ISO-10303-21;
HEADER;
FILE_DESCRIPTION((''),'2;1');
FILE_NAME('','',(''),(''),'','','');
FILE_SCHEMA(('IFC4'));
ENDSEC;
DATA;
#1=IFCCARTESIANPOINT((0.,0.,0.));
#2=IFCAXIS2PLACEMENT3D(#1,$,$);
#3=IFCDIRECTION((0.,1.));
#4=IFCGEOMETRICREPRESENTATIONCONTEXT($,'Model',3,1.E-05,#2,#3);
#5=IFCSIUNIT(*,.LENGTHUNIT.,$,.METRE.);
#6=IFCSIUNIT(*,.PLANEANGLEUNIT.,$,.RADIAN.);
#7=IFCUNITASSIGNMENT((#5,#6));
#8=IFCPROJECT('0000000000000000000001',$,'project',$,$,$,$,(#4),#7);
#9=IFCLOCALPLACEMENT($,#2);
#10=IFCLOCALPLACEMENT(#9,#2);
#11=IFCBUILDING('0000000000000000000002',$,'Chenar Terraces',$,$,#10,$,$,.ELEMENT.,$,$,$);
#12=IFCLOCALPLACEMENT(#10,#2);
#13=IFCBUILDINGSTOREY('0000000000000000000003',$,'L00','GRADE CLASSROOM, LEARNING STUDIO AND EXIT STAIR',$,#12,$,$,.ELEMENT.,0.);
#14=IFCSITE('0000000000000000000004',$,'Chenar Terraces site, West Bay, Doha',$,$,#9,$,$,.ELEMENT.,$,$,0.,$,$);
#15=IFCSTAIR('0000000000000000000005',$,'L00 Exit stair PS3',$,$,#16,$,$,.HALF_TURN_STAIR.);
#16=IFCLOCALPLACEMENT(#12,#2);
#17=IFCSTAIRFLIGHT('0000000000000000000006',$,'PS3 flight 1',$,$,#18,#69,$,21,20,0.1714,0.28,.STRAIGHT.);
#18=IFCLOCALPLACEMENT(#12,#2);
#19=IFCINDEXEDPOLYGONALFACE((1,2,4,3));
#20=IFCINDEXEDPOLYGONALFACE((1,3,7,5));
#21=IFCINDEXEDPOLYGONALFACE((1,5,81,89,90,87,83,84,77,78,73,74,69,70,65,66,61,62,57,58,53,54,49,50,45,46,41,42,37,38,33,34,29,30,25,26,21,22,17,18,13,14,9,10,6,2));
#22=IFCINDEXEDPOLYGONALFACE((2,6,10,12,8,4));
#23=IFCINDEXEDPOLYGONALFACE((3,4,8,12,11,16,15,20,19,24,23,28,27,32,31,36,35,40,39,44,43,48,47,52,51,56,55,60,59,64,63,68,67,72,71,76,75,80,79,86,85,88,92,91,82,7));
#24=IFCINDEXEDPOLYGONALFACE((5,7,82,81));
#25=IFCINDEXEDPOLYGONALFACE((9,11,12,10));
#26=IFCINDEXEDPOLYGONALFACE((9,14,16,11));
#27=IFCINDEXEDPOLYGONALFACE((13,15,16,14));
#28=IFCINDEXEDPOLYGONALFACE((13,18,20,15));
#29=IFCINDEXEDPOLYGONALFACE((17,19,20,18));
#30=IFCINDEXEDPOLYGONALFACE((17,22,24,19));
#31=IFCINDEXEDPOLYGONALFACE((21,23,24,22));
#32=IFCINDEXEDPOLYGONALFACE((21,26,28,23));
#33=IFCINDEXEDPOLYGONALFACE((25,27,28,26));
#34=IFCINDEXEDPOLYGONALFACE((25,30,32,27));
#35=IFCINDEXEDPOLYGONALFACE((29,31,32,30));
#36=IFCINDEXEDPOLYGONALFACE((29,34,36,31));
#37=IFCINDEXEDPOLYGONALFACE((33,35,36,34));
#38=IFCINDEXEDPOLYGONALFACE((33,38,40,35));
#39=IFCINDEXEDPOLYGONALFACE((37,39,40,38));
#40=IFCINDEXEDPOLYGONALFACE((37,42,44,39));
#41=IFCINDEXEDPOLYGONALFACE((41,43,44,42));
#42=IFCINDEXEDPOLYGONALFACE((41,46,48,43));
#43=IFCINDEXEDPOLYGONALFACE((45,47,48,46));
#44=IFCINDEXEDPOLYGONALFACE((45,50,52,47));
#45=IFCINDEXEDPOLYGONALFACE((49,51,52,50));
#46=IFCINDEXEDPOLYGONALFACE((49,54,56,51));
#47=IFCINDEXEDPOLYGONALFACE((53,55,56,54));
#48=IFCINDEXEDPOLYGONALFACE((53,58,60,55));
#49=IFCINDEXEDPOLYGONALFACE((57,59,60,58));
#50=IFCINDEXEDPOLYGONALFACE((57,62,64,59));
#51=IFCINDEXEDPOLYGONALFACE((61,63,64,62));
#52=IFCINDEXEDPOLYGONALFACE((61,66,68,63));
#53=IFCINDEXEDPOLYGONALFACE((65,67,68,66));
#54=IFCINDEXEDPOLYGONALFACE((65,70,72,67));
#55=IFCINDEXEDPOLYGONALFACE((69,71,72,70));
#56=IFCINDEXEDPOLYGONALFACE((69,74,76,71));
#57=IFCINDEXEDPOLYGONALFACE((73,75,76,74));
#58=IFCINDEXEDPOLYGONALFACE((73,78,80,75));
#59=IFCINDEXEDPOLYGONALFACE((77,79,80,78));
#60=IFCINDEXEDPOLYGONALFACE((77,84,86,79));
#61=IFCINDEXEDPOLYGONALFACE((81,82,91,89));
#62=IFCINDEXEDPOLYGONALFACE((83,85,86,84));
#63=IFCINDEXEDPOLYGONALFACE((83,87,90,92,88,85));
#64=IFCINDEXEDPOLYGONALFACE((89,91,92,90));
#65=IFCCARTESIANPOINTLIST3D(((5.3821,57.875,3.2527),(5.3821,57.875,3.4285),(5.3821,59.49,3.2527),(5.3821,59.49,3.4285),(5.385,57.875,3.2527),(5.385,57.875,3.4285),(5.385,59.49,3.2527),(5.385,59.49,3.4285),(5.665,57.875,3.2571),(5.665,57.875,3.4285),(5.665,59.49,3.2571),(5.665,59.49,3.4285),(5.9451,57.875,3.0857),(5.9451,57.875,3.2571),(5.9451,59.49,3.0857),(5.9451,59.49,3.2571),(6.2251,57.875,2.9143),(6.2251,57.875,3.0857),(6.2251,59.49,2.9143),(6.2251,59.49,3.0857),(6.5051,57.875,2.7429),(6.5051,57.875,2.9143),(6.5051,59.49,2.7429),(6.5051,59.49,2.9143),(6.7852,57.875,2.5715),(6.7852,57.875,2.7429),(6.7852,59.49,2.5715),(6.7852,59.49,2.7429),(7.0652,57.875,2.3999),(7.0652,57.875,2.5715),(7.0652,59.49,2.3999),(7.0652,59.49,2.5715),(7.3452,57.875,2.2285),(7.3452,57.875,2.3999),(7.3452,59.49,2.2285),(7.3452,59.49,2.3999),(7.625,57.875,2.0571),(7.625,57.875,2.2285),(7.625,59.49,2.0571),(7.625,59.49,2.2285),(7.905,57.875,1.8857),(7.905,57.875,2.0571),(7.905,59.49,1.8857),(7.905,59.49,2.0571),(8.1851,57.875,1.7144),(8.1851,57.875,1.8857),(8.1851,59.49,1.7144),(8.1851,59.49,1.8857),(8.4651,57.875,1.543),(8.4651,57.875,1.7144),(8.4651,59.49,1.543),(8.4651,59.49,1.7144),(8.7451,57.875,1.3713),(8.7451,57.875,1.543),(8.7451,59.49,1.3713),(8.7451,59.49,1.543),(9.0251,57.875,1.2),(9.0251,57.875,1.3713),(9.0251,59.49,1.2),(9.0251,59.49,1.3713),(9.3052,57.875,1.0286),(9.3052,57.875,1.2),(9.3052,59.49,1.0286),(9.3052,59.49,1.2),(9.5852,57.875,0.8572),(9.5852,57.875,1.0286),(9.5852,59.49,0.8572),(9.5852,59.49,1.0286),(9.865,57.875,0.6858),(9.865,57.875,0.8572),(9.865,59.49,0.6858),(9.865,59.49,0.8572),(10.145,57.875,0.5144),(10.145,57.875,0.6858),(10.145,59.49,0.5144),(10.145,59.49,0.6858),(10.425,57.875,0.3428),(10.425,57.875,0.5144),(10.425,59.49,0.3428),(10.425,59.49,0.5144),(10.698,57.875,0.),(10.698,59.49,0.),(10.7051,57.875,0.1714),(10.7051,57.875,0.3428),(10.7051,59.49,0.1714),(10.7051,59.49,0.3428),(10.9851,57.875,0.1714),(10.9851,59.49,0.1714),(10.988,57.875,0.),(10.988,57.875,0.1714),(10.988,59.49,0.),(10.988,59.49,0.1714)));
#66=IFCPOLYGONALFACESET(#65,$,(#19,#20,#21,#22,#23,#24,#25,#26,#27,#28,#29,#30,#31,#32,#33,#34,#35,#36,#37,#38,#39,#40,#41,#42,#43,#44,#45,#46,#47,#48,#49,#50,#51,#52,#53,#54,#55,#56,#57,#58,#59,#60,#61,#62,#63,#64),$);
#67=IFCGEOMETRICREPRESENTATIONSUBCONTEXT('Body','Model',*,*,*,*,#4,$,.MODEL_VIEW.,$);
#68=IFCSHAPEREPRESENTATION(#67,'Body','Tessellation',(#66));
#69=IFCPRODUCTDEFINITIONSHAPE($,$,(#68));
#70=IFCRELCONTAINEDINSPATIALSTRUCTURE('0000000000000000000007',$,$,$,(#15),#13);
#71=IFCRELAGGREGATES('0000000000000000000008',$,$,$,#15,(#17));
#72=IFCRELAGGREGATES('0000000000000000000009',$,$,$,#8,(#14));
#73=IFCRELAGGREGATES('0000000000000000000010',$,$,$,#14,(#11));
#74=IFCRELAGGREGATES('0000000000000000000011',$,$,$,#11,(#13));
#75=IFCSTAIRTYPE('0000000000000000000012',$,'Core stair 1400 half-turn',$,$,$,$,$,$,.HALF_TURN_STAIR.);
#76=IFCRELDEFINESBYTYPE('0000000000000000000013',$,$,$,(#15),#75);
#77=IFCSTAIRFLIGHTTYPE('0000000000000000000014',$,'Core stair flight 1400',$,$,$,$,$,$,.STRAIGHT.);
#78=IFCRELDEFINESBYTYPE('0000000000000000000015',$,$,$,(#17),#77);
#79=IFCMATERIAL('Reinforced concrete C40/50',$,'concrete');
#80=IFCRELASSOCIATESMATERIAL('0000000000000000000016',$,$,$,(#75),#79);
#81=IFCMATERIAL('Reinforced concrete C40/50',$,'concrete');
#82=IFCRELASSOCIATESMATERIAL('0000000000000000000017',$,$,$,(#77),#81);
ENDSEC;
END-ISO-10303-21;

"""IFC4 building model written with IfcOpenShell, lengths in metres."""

from ifc_helpers import new_model, si_unit, direction, frame, origin, place, context, subcontext, project, spatial, polyline, outline, extrude, material, type_object, element, aggregate, save


model = new_model("IFC4")

# Units and contexts
model_context = context("Model", 3, precision=1e-05, world=origin(), true_north=direction((0.0, 1.0)))
body_context = subcontext(model_context, "Body", "Model", "MODEL_VIEW")
ifc_project = project(units=[si_unit("LENGTHUNIT", "METRE"), si_unit("PLANEANGLEUNIT", "RADIAN")], contexts=[model_context])

# Site, building, storey
site_placement = place(None, origin())
site = spatial("IfcSite", under=ifc_project, at=site_placement, Name="Chenar Terraces site, West Bay, Doha", CompositionType="ELEMENT", RefElevation=0.0)
building_placement = place(site_placement, origin())
building = spatial("IfcBuilding", under=site, at=building_placement, Name="Chenar Terraces", CompositionType="ELEMENT")
storey_placement = place(building_placement, origin())
storey = spatial("IfcBuildingStorey", under=building, at=storey_placement, Name="L00", Description="GRADE CLASSROOM, LEARNING STUDIO AND EXIT STAIR", CompositionType="ELEMENT", Elevation=0.0)

# Shared definitions
placement = place(storey_placement, origin())

# Stair, stair flight
ifc_material_1 = material(Name="Reinforced concrete C40/50", Category="concrete")
stair_type = type_object("IfcStairType", Name="Core stair 1400 half-turn", PredefinedType="HALF_TURN_STAIR", material=ifc_material_1)
stair = element("IfcStair", 1, at=placement, inside=storey, type_object=stair_type, Name="L00 Exit stair PS3", PredefinedType="HALF_TURN_STAIR")
ifc_material_2 = material(Name="Reinforced concrete C40/50", Category="concrete")
stair_flight_type = type_object("IfcStairFlightType", Name="Core stair flight 1400", PredefinedType="STRAIGHT", material=ifc_material_2)
stair_flight_placement = place(storey_placement, frame((10.9851, 58.6826, 0.0), z_axis=(0.0, 0.0, 1.0), x_axis=(-1.0, 0.0, 0.0)))
stair_flight = element("IfcStairFlight", 2, at=stair_flight_placement, type_object=stair_flight_type, Name="PS3 flight 1", NumberOfRisers=21, NumberOfTreads=20, PredefinedType="STRAIGHT", RiserHeight=0.1714, TreadLength=0.28, context=body_context, shape_type="SweptSolid", body=[
    extrude(outline(polyline([(-0.0029, 0.0), (-0.0029, 0.1714), (0.0, 0.1714), (0.28, 0.1714), (0.28, 0.3428), (0.5601, 0.3428), (0.5601, 0.5144), (0.8401, 0.5144), (0.8401, 0.6858), (1.1201, 0.6858), (1.1201, 0.8572), (1.3999, 0.8572), (1.3999, 1.0286), (1.6799, 1.0286), (1.6799, 1.2), (1.96, 1.2), (1.96, 1.3713), (2.24, 1.3713), (2.24, 1.543), (2.52, 1.543), (2.52, 1.7144), (2.8, 1.7144), (2.8, 1.8857), (3.0801, 1.8857), (3.0801, 2.0571), (3.3601, 2.0571), (3.3601, 2.2285), (3.6399, 2.2285), (3.6399, 2.3999), (3.9199, 2.3999), (3.9199, 2.5715), (4.2, 2.5715), (4.2, 2.7429), (4.48, 2.7429), (4.48, 2.9143), (4.76, 2.9143), (4.76, 3.0857), (5.04, 3.0857), (5.04, 3.2571), (5.3201, 3.2571), (5.3201, 3.4285), (5.6001, 3.4285), (5.603, 3.4285), (5.603, 3.2527), (5.6001, 3.2527), (0.2871, 0.0), (-0.0029, 0.0)])), frame((0.0, 0.8076, 0.0), z_axis=(0.0, -1.0, 0.0), x_axis=(1.0, 0.0, 0.0)), (0.0, 0.0, 1.0), 1.615),
])
aggregate(stair, [stair_flight])

save(model, "model.ifc")
